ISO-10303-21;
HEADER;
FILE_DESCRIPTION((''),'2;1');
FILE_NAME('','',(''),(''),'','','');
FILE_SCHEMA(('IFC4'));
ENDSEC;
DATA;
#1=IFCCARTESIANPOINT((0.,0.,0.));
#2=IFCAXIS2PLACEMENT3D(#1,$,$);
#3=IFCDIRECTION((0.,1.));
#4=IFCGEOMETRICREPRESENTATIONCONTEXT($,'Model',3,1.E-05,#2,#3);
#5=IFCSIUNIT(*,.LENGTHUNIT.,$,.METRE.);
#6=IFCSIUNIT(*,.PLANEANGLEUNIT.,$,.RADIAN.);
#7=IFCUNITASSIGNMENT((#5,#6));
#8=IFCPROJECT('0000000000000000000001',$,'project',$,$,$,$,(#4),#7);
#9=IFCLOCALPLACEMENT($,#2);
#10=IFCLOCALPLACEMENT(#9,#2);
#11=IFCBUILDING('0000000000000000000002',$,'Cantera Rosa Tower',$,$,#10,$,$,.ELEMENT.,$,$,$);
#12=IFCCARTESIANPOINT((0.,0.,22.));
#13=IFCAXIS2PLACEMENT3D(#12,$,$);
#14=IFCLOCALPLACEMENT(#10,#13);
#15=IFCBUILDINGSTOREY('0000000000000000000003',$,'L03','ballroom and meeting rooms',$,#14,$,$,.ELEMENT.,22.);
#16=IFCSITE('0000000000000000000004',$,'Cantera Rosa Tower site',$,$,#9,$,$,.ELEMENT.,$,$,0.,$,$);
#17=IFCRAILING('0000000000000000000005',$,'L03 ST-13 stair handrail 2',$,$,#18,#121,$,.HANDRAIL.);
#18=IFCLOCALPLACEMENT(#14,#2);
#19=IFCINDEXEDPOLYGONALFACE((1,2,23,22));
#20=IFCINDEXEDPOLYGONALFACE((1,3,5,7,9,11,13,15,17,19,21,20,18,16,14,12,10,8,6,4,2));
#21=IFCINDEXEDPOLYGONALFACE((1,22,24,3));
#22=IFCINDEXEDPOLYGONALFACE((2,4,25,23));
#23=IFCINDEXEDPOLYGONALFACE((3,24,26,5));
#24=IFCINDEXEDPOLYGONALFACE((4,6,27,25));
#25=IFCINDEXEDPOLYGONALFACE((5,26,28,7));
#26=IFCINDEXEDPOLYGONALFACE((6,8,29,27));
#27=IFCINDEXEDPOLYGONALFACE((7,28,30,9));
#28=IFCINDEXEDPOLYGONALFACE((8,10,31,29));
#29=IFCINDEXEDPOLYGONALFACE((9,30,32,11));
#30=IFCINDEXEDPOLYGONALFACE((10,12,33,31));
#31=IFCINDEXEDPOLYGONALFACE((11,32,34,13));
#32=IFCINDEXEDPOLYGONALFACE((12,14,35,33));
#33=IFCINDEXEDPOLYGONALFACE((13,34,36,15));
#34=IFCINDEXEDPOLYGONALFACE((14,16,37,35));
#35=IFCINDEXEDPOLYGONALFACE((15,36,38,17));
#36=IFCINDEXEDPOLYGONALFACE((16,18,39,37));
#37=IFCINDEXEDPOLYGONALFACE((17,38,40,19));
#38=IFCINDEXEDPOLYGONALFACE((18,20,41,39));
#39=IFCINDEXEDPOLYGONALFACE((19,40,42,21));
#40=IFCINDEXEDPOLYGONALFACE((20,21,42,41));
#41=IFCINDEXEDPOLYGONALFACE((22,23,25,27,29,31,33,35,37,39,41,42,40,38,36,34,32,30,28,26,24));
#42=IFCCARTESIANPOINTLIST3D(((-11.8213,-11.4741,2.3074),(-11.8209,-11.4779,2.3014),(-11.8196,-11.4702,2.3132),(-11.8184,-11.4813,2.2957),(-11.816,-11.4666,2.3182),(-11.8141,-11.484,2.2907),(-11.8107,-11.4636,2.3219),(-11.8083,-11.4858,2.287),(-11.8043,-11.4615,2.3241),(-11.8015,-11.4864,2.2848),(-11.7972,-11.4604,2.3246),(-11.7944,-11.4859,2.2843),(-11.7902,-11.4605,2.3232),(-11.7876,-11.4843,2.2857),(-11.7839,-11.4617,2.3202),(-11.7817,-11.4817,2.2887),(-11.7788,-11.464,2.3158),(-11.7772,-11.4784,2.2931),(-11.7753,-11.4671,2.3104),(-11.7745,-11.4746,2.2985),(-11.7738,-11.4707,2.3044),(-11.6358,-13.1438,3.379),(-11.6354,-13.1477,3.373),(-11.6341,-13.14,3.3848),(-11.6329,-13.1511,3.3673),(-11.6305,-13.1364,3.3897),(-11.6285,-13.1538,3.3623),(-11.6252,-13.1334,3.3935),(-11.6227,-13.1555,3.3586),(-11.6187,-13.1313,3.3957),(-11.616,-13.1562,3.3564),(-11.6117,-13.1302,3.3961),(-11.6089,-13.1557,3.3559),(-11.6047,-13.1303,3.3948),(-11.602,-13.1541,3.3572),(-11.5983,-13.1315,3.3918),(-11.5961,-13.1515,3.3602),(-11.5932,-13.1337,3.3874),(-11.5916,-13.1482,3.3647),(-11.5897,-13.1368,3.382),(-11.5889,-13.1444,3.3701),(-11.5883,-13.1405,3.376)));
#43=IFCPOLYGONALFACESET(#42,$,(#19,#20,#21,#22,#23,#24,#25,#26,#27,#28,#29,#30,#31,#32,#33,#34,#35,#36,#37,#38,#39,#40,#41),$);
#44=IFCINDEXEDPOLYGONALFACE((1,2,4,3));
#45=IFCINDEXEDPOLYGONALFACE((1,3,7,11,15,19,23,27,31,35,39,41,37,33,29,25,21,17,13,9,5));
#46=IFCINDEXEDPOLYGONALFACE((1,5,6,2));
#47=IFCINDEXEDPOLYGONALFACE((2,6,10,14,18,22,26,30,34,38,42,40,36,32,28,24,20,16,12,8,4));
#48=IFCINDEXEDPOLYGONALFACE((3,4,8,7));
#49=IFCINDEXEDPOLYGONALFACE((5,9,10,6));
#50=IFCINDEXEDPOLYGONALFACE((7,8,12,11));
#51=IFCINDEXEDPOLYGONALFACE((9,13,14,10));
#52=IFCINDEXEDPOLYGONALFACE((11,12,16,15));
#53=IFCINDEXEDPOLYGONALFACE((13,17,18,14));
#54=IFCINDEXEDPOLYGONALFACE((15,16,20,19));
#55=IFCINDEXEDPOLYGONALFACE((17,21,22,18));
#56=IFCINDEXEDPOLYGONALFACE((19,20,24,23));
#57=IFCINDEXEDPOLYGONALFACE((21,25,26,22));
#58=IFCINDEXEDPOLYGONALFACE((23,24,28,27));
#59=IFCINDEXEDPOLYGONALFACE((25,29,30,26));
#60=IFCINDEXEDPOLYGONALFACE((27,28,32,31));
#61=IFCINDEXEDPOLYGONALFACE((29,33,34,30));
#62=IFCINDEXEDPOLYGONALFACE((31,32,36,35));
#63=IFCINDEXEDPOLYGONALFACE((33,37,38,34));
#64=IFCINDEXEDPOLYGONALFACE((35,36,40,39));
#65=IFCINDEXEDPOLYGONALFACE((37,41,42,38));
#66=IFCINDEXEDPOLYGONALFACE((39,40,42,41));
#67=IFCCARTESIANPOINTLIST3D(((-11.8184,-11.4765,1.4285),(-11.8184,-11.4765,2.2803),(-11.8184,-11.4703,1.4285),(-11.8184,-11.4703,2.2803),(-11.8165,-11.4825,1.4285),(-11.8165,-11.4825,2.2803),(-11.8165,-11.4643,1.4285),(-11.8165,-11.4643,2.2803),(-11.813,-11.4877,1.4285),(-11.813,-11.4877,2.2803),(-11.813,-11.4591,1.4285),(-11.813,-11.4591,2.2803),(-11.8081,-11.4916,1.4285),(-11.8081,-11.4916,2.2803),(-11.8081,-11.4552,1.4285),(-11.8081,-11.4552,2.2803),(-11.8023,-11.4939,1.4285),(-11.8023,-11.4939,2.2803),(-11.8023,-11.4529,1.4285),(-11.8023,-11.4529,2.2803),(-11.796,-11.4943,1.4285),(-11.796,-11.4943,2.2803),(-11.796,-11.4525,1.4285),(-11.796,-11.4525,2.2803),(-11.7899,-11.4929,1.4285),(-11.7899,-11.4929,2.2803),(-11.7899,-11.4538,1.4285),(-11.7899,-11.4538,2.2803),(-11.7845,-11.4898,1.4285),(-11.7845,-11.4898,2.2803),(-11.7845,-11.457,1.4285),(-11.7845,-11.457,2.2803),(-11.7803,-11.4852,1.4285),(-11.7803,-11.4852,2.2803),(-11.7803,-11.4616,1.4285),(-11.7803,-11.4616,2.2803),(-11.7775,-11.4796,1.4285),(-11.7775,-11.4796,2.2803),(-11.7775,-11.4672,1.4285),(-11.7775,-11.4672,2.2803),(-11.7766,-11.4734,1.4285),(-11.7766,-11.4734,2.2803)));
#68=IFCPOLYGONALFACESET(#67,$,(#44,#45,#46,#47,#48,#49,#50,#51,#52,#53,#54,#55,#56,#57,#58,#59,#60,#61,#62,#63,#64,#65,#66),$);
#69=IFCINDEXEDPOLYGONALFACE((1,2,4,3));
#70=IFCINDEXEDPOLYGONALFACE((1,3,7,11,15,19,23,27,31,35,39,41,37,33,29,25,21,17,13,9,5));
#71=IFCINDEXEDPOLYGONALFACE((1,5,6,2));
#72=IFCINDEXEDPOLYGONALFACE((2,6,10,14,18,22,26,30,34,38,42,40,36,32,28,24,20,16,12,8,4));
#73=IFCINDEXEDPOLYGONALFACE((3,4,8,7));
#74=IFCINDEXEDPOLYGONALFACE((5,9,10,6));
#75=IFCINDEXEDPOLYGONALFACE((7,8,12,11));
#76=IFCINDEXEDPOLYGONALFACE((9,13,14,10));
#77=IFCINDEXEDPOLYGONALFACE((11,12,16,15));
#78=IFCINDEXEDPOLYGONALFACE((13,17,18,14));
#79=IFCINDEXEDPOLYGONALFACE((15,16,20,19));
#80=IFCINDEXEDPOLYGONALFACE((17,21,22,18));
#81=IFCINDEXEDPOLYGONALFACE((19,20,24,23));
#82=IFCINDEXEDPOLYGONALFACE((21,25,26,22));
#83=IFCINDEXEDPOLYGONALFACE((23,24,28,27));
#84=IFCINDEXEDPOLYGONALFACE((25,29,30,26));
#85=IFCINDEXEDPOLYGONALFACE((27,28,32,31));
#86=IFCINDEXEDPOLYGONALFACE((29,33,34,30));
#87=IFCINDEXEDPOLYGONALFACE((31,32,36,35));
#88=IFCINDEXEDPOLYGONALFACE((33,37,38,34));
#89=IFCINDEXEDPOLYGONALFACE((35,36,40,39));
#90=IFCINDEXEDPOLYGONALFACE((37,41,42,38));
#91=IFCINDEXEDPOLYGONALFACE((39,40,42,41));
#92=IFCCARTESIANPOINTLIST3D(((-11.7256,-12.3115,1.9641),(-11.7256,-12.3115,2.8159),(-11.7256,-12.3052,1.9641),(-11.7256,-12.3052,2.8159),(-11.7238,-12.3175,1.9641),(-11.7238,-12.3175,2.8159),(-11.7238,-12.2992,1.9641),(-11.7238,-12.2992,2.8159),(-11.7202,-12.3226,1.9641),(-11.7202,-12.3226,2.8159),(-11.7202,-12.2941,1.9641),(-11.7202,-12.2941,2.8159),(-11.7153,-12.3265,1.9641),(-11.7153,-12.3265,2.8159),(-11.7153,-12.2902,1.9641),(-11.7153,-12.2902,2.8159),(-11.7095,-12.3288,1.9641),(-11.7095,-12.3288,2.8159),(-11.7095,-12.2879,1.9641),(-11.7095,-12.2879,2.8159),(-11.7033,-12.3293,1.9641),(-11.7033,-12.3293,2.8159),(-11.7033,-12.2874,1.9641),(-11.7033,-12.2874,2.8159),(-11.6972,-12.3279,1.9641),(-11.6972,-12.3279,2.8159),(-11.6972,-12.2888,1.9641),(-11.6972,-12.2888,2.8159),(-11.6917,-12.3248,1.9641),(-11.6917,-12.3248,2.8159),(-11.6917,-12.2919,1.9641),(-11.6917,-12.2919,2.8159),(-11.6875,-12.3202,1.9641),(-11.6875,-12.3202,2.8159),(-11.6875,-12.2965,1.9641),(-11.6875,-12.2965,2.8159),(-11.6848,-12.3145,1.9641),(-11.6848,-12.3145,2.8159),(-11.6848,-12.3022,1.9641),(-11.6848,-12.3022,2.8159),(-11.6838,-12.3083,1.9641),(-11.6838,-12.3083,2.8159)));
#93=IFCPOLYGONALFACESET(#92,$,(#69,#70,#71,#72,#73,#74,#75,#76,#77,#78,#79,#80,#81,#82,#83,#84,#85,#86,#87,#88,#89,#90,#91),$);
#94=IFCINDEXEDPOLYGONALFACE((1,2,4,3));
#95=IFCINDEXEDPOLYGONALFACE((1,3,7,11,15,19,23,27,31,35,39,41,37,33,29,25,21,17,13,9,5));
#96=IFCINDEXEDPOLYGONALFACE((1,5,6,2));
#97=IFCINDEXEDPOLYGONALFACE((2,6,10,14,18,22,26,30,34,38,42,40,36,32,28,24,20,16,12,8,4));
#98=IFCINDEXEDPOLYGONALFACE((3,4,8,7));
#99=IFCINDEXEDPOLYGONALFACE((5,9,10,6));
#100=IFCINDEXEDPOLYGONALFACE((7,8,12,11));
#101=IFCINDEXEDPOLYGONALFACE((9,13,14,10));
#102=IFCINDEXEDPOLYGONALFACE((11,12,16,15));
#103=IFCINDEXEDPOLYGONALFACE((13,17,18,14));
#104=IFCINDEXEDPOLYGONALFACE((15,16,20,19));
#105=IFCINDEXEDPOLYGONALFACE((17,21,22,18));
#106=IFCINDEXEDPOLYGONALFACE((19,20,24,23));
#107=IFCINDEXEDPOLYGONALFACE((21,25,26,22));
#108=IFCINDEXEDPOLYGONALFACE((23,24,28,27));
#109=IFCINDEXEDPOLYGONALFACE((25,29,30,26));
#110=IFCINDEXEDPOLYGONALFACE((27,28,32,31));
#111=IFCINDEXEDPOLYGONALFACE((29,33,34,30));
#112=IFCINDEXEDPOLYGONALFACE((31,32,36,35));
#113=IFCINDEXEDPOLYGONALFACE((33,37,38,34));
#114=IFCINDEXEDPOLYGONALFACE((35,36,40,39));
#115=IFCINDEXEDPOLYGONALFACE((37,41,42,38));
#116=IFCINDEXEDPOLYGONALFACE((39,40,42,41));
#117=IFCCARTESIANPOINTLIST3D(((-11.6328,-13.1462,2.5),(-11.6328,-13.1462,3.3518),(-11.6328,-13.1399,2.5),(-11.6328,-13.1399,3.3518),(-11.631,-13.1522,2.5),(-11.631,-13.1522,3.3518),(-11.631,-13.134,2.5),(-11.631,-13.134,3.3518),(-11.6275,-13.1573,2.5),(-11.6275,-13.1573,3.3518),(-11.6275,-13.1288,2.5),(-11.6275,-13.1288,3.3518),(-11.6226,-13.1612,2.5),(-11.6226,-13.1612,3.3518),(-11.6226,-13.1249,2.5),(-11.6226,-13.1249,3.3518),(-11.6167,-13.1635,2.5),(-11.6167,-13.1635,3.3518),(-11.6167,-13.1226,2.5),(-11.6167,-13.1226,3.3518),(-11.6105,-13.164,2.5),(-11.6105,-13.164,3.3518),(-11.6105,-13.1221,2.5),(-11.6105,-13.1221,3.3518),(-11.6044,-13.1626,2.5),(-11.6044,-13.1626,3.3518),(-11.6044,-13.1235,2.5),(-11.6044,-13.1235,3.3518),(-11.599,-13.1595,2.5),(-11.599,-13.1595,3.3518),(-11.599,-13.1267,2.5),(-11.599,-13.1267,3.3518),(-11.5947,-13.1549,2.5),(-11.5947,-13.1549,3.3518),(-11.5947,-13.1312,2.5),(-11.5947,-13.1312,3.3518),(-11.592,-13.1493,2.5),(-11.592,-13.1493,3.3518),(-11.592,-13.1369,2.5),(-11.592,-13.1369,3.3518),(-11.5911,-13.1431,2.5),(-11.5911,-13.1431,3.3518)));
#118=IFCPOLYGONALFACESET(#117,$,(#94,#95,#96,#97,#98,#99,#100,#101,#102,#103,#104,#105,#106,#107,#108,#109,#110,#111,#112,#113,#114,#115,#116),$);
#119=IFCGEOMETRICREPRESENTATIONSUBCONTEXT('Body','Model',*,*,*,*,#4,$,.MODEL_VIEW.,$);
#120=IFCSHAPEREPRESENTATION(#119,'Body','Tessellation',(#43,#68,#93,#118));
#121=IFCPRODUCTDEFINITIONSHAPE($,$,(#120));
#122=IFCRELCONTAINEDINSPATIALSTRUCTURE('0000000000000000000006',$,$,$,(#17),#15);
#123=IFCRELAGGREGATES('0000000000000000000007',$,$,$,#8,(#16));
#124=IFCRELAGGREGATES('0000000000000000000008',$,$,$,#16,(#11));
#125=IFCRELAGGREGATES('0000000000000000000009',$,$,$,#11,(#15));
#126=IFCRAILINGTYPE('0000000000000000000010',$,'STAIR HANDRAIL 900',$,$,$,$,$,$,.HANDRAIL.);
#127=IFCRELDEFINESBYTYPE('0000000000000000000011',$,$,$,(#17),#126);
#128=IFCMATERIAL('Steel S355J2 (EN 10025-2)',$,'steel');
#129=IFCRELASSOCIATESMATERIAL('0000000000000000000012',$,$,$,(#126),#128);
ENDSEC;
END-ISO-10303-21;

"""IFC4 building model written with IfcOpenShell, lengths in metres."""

from ifc_helpers import new_model, si_unit, direction, frame, origin, origin_2d, place, context, subcontext, project, spatial, circle, extrude, material, type_object, element, save


model = new_model("IFC4")

# Units and contexts
model_context = context("Model", 3, precision=1e-05, world=origin(), true_north=direction((0.0, 1.0)))
body_context = subcontext(model_context, "Body", "Model", "MODEL_VIEW")
ifc_project = project(units=[si_unit("LENGTHUNIT", "METRE"), si_unit("PLANEANGLEUNIT", "RADIAN")], contexts=[model_context])

# Site, building, storey
site_placement = place(None, origin())
site = spatial("IfcSite", under=ifc_project, at=site_placement, Name="Cantera Rosa Tower site", CompositionType="ELEMENT", RefElevation=0.0)
building_placement = place(site_placement, origin())
building = spatial("IfcBuilding", under=site, at=building_placement, Name="Cantera Rosa Tower", CompositionType="ELEMENT")
storey_placement = place(building_placement, frame((0.0, 0.0, 22.0)))
storey = spatial("IfcBuildingStorey", under=building, at=storey_placement, Name="L03", Description="ballroom and meeting rooms", CompositionType="ELEMENT", Elevation=22.0)

# Railing
ifc_material_1 = material(Name="Steel S355J2 (EN 10025-2)", Category="steel")
railing_type_1 = type_object("IfcRailingType", Name="STAIR HANDRAIL 900", PredefinedType="HANDRAIL", material=ifc_material_1)
railing_1_placement = place(storey_placement, frame((-11.7976, -11.4734, 1.4285)))
element("IfcRailing", 1, at=railing_1_placement, inside=storey, type_object=railing_type_1, Name="L03 ST-13 stair handrail 2", PredefinedType="HANDRAIL", context=body_context, shape_type="SweptSolid", body=[
    extrude(circle(Radius=0.0239, at=origin_2d()), frame((0.0, 0.0, 0.876), z_axis=(0.093118, -0.837941, 0.537758), x_axis=(0.993882, 0.110447, 0.0)), (0.0, 0.0, 1.0), 1.9927),
    extrude(circle(Radius=0.021, at=origin_2d()), origin(), (0.0, 0.0, 1.0), 0.8518),
    extrude(circle(Radius=0.021, at=origin_2d()), frame((0.0928, -0.835, 0.5356)), (0.0, 0.0, 1.0), 0.8518),
    extrude(circle(Radius=0.021, at=origin_2d()), frame((0.1855, -1.6697, 1.0715)), (0.0, 0.0, 1.0), 0.8518),
])

save(model, "model.ifc")
